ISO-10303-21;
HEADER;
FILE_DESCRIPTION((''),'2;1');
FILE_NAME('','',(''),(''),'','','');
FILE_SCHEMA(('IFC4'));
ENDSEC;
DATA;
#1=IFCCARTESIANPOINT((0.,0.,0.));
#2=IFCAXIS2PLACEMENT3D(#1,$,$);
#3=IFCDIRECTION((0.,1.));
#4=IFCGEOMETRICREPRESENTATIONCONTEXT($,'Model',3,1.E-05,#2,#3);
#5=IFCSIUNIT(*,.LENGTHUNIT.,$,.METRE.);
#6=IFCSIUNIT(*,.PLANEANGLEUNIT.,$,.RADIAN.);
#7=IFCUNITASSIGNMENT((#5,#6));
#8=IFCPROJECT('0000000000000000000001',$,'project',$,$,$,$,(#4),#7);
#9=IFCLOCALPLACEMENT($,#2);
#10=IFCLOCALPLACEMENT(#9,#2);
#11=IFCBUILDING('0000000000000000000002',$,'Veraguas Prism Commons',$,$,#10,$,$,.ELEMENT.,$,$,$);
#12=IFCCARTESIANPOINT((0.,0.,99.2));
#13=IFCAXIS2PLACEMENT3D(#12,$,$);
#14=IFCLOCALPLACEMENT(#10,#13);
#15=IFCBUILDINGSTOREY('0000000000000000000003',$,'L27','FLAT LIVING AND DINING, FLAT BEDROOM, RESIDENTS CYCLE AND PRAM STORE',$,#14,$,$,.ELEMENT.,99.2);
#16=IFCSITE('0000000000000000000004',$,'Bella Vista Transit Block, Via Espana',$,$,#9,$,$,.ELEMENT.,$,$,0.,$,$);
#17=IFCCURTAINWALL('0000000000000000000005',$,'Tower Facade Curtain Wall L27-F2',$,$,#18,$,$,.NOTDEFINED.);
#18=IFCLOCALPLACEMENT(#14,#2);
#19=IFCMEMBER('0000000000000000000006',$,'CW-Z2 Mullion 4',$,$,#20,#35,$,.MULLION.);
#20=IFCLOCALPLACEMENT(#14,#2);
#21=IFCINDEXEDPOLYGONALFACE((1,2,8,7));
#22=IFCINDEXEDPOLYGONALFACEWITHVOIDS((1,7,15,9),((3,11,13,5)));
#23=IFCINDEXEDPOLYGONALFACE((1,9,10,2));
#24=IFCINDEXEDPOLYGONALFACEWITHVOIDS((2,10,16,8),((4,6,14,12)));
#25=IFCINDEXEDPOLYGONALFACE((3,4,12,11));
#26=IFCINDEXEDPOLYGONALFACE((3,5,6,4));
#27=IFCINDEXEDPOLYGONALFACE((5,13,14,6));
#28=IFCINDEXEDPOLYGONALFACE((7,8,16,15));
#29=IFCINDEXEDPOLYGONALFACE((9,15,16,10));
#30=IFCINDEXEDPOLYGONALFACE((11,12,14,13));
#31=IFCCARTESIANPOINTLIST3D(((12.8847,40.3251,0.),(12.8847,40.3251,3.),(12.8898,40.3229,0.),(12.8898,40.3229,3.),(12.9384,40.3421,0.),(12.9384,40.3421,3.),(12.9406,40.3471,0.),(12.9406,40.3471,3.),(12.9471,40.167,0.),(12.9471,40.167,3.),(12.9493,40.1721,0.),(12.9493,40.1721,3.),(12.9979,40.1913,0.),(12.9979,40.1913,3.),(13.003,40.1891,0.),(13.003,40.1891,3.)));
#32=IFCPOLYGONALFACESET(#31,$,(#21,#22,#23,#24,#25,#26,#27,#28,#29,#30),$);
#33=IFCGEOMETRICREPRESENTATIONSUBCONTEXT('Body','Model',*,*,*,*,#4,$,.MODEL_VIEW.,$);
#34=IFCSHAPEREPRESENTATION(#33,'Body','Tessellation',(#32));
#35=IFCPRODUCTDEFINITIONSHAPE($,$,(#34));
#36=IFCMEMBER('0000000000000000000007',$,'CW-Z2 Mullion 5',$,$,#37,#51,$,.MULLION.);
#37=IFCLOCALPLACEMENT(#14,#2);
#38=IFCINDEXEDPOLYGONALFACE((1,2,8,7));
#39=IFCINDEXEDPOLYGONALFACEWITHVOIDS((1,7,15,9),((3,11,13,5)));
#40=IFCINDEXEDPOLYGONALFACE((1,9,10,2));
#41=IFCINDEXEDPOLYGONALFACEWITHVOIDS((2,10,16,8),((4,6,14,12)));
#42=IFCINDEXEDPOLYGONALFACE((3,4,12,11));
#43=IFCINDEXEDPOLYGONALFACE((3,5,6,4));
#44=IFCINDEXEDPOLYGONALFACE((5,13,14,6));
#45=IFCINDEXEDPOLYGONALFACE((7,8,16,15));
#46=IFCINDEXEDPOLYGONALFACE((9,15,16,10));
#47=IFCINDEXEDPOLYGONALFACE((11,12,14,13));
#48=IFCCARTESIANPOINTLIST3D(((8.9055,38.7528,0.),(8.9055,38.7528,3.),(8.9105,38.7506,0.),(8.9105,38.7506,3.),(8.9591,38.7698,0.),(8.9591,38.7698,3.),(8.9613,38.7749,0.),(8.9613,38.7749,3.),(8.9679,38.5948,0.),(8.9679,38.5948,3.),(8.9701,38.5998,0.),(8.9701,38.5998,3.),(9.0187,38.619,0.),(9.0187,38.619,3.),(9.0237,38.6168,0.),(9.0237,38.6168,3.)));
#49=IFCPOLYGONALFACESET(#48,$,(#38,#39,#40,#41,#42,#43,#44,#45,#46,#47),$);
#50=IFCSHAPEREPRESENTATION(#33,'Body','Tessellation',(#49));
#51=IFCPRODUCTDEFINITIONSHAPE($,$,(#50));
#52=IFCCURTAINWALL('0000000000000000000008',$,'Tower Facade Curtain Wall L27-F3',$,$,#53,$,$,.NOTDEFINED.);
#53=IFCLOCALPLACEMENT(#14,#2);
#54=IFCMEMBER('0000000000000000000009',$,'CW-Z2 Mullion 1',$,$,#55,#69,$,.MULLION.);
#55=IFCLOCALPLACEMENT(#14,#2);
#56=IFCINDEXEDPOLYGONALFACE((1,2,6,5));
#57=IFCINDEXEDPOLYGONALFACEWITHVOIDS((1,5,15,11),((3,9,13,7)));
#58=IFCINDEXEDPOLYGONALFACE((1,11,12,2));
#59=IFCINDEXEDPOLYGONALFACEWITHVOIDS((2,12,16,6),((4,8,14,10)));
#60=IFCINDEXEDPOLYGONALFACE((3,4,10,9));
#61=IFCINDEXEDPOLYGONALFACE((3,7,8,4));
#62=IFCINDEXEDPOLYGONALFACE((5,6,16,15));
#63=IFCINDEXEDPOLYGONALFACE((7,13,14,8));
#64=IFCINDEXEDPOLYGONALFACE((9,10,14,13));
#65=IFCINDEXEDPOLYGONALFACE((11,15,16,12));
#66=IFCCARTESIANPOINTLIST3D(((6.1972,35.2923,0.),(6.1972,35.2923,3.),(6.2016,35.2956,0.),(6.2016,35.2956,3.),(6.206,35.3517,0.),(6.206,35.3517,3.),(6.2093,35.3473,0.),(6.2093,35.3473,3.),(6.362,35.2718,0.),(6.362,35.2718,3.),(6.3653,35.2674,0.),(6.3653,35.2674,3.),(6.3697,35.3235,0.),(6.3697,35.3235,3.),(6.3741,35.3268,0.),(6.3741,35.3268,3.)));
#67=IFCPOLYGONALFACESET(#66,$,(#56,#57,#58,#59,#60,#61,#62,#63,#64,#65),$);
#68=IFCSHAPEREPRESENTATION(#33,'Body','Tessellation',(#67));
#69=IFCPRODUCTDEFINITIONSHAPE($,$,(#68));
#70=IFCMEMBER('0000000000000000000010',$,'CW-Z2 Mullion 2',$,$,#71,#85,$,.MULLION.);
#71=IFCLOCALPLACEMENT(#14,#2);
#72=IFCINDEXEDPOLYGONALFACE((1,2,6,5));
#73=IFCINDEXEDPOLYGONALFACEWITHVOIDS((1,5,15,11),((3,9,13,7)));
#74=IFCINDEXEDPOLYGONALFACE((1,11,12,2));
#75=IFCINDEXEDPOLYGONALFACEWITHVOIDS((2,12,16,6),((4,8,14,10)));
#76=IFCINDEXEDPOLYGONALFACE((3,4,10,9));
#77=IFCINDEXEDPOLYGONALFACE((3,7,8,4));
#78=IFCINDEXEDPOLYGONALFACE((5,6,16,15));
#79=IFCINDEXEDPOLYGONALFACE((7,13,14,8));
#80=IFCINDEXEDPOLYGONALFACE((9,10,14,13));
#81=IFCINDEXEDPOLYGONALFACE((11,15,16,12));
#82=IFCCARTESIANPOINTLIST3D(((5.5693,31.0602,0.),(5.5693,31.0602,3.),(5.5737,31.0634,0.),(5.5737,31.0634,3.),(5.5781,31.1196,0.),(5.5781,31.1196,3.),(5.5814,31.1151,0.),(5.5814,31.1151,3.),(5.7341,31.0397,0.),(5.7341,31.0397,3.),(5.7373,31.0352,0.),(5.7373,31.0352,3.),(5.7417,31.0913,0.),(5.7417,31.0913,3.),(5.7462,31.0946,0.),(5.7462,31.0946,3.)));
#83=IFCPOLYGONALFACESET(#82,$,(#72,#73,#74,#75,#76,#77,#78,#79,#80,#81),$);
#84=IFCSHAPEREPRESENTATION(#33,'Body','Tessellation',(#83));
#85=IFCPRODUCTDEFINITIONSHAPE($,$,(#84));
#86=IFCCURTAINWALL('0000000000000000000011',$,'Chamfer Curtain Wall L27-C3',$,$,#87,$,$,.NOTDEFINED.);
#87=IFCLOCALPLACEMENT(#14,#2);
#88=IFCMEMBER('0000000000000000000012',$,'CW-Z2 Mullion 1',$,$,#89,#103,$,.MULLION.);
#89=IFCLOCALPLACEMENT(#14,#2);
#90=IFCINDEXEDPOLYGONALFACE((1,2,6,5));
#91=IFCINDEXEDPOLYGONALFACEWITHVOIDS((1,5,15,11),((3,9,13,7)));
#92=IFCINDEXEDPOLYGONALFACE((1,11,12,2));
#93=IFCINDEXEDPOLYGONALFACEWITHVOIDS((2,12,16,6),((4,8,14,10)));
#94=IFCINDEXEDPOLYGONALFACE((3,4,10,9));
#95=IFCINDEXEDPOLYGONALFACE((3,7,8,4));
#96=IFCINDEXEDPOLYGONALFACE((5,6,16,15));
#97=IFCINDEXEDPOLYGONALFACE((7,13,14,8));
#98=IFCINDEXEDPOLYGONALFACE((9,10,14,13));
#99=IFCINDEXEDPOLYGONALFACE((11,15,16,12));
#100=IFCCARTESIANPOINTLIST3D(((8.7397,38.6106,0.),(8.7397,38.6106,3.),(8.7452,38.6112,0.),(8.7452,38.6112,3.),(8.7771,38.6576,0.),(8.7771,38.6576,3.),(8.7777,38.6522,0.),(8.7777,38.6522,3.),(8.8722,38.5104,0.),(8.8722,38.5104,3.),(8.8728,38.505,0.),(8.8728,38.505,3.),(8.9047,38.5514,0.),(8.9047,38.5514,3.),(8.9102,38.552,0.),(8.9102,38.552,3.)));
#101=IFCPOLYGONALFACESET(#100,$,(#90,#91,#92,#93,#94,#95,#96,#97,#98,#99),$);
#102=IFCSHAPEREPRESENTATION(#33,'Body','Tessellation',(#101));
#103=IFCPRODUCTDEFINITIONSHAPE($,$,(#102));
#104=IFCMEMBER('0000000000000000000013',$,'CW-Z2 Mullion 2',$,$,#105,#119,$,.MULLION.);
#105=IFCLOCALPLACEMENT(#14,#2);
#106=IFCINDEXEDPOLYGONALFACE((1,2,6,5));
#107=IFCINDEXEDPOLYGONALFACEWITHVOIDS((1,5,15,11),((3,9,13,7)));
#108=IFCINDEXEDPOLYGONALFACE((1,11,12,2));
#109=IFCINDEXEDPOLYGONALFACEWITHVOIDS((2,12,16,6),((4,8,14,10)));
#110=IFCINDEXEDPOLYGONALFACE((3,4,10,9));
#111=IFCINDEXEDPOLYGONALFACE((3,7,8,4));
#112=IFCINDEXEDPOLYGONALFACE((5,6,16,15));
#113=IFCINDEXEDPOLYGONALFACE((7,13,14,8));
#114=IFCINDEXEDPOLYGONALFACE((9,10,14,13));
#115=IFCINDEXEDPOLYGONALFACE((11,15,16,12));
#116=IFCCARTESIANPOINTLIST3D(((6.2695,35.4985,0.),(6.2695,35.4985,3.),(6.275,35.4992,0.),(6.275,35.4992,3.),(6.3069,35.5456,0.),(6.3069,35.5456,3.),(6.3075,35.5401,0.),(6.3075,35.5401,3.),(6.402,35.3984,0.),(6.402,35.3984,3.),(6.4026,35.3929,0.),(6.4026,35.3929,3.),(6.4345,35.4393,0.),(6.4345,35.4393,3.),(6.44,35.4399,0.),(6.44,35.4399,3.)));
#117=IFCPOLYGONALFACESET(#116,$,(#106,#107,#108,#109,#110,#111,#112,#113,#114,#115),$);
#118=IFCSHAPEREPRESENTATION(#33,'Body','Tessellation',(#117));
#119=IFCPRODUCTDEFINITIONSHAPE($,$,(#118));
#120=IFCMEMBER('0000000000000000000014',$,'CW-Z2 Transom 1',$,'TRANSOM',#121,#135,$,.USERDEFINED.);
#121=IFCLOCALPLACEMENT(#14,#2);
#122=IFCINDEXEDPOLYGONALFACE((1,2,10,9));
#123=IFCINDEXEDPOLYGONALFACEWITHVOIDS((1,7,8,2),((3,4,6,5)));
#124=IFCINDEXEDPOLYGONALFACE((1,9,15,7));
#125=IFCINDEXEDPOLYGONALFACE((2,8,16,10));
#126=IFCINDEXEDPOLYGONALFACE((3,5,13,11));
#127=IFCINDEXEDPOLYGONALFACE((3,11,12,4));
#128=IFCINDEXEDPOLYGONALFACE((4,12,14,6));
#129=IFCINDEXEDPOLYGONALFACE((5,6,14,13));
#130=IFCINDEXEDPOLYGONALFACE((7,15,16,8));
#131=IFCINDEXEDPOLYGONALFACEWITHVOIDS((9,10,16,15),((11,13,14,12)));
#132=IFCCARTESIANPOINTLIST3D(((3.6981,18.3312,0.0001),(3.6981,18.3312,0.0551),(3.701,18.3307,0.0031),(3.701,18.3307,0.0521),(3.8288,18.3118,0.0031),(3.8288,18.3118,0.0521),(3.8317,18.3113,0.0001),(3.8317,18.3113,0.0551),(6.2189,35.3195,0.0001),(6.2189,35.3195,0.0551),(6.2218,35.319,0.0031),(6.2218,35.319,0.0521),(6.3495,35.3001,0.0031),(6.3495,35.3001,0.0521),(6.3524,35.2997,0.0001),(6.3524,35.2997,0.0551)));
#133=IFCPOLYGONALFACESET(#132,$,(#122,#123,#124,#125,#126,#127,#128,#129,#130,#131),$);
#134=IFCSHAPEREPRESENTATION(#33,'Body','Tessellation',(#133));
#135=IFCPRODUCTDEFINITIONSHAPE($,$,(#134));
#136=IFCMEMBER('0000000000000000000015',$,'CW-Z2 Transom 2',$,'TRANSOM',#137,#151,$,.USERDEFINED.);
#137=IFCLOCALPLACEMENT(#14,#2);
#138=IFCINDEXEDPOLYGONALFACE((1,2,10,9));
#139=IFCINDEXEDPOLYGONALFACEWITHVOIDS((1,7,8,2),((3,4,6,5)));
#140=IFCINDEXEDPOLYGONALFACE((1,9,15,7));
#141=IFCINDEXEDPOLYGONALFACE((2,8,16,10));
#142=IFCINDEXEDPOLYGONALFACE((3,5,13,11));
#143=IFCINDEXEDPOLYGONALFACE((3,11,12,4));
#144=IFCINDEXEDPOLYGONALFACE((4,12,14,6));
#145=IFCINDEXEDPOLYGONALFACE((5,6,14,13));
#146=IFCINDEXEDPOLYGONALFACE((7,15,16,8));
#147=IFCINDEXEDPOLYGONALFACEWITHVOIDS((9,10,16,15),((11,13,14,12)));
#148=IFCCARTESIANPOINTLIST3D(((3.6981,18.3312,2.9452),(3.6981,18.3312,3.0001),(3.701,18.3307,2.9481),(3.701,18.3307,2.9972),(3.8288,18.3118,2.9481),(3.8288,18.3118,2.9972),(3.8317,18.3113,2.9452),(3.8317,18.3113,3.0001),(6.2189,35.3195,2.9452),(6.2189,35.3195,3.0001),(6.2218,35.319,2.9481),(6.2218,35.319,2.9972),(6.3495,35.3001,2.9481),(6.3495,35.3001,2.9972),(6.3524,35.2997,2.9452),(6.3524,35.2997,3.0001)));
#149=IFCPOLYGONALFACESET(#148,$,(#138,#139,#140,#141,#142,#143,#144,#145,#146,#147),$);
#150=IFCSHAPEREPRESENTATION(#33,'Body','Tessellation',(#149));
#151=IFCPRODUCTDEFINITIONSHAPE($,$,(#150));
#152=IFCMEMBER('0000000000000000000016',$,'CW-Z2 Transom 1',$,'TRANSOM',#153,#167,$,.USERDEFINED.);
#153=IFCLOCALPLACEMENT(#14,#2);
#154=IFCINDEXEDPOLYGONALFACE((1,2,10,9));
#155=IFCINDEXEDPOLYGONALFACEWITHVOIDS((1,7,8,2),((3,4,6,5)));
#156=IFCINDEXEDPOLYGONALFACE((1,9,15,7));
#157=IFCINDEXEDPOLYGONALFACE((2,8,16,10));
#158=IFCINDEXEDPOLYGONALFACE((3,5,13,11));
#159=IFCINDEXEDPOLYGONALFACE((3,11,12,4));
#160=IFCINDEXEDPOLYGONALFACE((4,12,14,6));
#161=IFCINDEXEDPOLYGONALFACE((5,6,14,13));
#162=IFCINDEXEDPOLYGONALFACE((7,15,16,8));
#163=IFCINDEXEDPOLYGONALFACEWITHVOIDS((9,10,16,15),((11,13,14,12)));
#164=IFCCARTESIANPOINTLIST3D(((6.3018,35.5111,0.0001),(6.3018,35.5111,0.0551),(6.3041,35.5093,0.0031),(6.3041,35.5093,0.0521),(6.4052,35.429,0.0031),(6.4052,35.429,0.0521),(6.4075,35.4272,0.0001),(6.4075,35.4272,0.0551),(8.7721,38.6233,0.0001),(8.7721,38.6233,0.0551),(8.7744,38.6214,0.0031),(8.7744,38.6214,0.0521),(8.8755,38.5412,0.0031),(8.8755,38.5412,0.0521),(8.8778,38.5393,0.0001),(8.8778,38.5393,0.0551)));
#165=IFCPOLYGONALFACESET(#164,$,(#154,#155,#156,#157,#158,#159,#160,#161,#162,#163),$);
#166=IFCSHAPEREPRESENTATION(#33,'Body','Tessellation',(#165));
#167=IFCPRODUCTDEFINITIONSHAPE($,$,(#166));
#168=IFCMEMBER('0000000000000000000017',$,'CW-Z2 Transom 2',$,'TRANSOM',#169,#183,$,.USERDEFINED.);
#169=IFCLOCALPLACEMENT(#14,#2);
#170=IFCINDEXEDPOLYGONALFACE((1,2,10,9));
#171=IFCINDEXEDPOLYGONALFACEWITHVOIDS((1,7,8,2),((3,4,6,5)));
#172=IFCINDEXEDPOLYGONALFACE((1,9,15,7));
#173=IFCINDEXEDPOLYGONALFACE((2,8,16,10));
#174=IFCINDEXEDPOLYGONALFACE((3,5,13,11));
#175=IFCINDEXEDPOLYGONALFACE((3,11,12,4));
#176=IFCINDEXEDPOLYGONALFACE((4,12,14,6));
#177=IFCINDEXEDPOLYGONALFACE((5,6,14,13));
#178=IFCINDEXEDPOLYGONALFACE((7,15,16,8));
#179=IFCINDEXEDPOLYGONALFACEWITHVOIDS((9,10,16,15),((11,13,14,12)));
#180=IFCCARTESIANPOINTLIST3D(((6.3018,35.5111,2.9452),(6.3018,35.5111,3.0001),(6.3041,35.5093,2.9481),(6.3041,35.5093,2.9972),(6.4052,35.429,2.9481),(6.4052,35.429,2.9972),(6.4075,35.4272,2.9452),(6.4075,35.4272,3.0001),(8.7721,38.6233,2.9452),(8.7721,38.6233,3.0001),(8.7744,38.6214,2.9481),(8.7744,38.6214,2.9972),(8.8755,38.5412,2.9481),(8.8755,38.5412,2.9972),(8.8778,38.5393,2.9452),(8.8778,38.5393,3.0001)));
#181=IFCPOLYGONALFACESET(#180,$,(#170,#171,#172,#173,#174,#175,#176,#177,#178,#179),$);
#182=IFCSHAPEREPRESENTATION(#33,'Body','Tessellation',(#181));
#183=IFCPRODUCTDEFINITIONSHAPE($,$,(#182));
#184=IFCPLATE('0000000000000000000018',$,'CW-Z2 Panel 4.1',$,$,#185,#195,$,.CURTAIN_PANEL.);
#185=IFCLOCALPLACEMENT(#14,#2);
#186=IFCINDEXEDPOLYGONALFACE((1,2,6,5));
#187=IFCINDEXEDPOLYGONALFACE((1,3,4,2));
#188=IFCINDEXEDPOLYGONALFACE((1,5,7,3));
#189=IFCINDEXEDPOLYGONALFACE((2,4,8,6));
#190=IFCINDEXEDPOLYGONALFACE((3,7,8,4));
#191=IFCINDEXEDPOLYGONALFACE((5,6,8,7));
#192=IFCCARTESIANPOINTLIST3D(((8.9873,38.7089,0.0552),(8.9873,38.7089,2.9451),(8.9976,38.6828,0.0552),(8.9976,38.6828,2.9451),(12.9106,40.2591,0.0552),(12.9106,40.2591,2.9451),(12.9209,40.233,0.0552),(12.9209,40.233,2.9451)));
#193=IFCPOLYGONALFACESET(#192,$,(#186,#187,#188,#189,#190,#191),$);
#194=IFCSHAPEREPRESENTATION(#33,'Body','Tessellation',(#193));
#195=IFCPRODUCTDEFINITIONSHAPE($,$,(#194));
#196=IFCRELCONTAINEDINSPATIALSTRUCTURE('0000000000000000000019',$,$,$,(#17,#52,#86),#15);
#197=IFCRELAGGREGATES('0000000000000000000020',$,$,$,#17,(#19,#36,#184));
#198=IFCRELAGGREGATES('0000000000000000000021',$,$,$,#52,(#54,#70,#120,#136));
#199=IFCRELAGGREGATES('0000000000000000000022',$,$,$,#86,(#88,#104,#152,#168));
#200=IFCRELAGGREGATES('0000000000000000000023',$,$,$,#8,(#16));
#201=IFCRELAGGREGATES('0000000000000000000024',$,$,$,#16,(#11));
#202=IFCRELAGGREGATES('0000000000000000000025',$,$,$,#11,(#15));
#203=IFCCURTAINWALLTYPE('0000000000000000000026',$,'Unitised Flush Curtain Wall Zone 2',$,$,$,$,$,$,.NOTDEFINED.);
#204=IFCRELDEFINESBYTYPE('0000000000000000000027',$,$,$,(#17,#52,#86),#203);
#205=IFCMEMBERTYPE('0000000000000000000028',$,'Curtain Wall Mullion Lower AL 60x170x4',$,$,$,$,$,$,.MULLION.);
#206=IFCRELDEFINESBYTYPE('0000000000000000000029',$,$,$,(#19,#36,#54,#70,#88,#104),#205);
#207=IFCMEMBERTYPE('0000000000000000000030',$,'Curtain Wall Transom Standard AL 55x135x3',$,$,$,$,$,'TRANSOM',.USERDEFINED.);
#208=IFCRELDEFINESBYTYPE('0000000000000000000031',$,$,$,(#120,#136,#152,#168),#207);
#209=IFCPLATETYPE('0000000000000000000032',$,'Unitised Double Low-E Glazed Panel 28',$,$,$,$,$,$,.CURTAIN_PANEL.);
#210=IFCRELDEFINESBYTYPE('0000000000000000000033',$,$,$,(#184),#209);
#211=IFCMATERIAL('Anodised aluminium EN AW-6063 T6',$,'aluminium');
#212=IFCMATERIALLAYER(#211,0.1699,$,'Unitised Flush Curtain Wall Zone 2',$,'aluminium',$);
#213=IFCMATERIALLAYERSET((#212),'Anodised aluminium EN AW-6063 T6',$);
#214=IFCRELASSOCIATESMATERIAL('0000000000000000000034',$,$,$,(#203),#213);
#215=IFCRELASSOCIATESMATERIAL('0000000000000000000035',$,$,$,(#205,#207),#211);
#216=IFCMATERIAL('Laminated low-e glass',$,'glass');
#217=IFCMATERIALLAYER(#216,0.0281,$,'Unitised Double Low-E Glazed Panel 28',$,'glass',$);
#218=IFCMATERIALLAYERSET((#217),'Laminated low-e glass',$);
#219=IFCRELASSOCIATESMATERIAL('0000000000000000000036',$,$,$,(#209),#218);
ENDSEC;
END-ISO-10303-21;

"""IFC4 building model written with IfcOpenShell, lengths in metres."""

from ifc_helpers import new_model, si_unit, direction, frame, origin, origin_2d, place, context, subcontext, project, spatial, rectangle, hollow_rectangle, extrude, source, transform, mapped, material, layer, layer_set, material_profile, profile_set, type_object, element, aggregate, save


model = new_model("IFC4")

# Units and contexts
model_context = context("Model", 3, precision=1e-05, world=origin(), true_north=direction((0.0, 1.0)))
body_context = subcontext(model_context, "Body", "Model", "MODEL_VIEW")
ifc_project = project(units=[si_unit("LENGTHUNIT", "METRE"), si_unit("PLANEANGLEUNIT", "RADIAN")], contexts=[model_context])

# Site, building, storey
site_placement = place(None, origin())
site = spatial("IfcSite", under=ifc_project, at=site_placement, Name="Bella Vista Transit Block, Via Espana", CompositionType="ELEMENT", RefElevation=0.0)
building_placement = place(site_placement, origin())
building = spatial("IfcBuilding", under=site, at=building_placement, Name="Veraguas Prism Commons", CompositionType="ELEMENT")
storey_placement = place(building_placement, frame((0.0, 0.0, 99.2)))
storey = spatial("IfcBuildingStorey", under=building, at=storey_placement, Name="L27", Description="FLAT LIVING AND DINING, FLAT BEDROOM, RESIDENTS CYCLE AND PRAM STORE", CompositionType="ELEMENT", Elevation=99.2)

# Curtain walls, members
ifc_material_1 = material(Name="Anodised aluminium EN AW-6063 T6", Category="aluminium")
ifc_layer_1 = layer(ifc_material_1, 0.1699, Name="Unitised Flush Curtain Wall Zone 2", Category="aluminium")
ifc_layer_set_1 = layer_set([ifc_layer_1], Name="Anodised aluminium EN AW-6063 T6")
curtain_wall_type = type_object("IfcCurtainWallType", Name="Unitised Flush Curtain Wall Zone 2", PredefinedType="NOTDEFINED", material=ifc_layer_set_1)
curtain_wall_1_placement = place(storey_placement, origin())
curtain_wall_1 = element("IfcCurtainWall", 1, at=curtain_wall_1_placement, inside=storey, type_object=curtain_wall_type, Name="Tower Facade Curtain Wall L27-F2", PredefinedType="NOTDEFINED")
ifc_material_profile_1 = material_profile(ifc_material_1, hollow_rectangle(XDim=0.0601, YDim=0.1699, WallThickness=0.0039, at=origin_2d()), Name="AL60X170X4")
ifc_profile_set_1 = profile_set([ifc_material_profile_1], Name="Anodised aluminium EN AW-6063 T6")
member_type_1 = type_object("IfcMemberType", Name="Curtain Wall Mullion Lower AL 60x170x4", PredefinedType="MULLION", material=ifc_profile_set_1)
shared_shape_1 = source(origin(), body_context, "Body", "SweptSolid", [
    extrude(hollow_rectangle(XDim=0.0601, YDim=0.1699, WallThickness=0.0039, at=origin_2d()), origin(), (0.0, 0.0, 1.0), 3.0),
])
member_1_placement = place(storey_placement, frame((12.9438, 40.2571, 0.0), z_axis=(0.0, 0.0, 1.0), x_axis=(-0.930032, -0.367479, 0.0)))
member_1 = element("IfcMember", 2, at=member_1_placement, type_object=member_type_1, Name="CW-Z2 Mullion 4", PredefinedType="MULLION", context=body_context, shape_type="MappedRepresentation", body=[
    mapped(shared_shape_1, transform((0.0, 0.0, 0.0), scale=1.0)),
])
member_2_placement = place(storey_placement, frame((8.9646, 38.6848, 0.0), z_axis=(0.0, 0.0, 1.0), x_axis=(-0.930032, -0.367479, 0.0)))
member_2 = element("IfcMember", 3, at=member_2_placement, type_object=member_type_1, Name="CW-Z2 Mullion 5", PredefinedType="MULLION", context=body_context, shape_type="MappedRepresentation", body=[
    mapped(shared_shape_1, transform((0.0, 0.0, 0.0), scale=1.0)),
])
curtain_wall_2_placement = place(storey_placement, origin())
curtain_wall_2 = element("IfcCurtainWall", 4, at=curtain_wall_2_placement, inside=storey, type_object=curtain_wall_type, Name="Tower Facade Curtain Wall L27-F3", PredefinedType="NOTDEFINED")
member_3_placement = place(storey_placement, frame((6.2856, 35.3096, 0.0), z_axis=(0.0, 0.0, 1.0), x_axis=(-0.146777, -0.98917, 0.0)))
member_3 = element("IfcMember", 5, at=member_3_placement, type_object=member_type_1, Name="CW-Z2 Mullion 1", PredefinedType="MULLION", context=body_context, shape_type="MappedRepresentation", body=[
    mapped(shared_shape_1, transform((0.0, 0.0, 0.0), scale=1.0)),
])
member_4_placement = place(storey_placement, frame((5.6577, 31.0774, 0.0), z_axis=(0.0, 0.0, 1.0), x_axis=(-0.146777, -0.98917, 0.0)))
member_4 = element("IfcMember", 6, at=member_4_placement, type_object=member_type_1, Name="CW-Z2 Mullion 2", PredefinedType="MULLION", context=body_context, shape_type="MappedRepresentation", body=[
    mapped(shared_shape_1, transform((0.0, 0.0, 0.0), scale=1.0)),
])
curtain_wall_3_placement = place(storey_placement, origin())
curtain_wall_3 = element("IfcCurtainWall", 7, at=curtain_wall_3_placement, inside=storey, type_object=curtain_wall_type, Name="Chamfer Curtain Wall L27-C3", PredefinedType="NOTDEFINED")
member_5_placement = place(storey_placement, frame((8.825, 38.5813, 0.0), z_axis=(0.0, 0.0, 1.0), x_axis=(-0.621682, -0.783269, 0.0)))
member_5 = element("IfcMember", 8, at=member_5_placement, type_object=member_type_1, Name="CW-Z2 Mullion 1", PredefinedType="MULLION", context=body_context, shape_type="MappedRepresentation", body=[
    mapped(shared_shape_1, transform((0.0, 0.0, 0.0), scale=1.0)),
])
member_6_placement = place(storey_placement, frame((6.3547, 35.4692, 0.0), z_axis=(0.0, 0.0, 1.0), x_axis=(-0.621682, -0.783269, 0.0)))
member_6 = element("IfcMember", 9, at=member_6_placement, type_object=member_type_1, Name="CW-Z2 Mullion 2", PredefinedType="MULLION", context=body_context, shape_type="MappedRepresentation", body=[
    mapped(shared_shape_1, transform((0.0, 0.0, 0.0), scale=1.0)),
])

# Members
ifc_material_profile_2 = material_profile(ifc_material_1, hollow_rectangle(XDim=0.0549, YDim=0.135, WallThickness=0.0029, at=origin_2d()), Name="AL55X135X3")
ifc_profile_set_2 = profile_set([ifc_material_profile_2], Name="Anodised aluminium EN AW-6063 T6")
member_type_2 = type_object("IfcMemberType", Name="Curtain Wall Transom Standard AL 55x135x3", ElementType="TRANSOM", PredefinedType="USERDEFINED", material=ifc_profile_set_2)
shared_shape_2 = source(origin(), body_context, "Body", "SweptSolid", [
    extrude(hollow_rectangle(XDim=0.0549, YDim=0.135, WallThickness=0.0029, at=origin_2d()), origin(), (0.0, 0.0, 1.0), 17.1743),
])
member_7_placement = place(storey_placement, frame((6.2856, 35.3096, 0.0276), z_axis=(-0.146775, -0.98917, 0.0), x_axis=(0.0, 0.0, 1.0)))
member_7 = element("IfcMember", 10, at=member_7_placement, type_object=member_type_2, Name="CW-Z2 Transom 1", ObjectType="TRANSOM", PredefinedType="USERDEFINED", context=body_context, shape_type="MappedRepresentation", body=[
    mapped(shared_shape_2, transform((0.0, 0.0, 0.0), scale=1.0)),
])
member_8_placement = place(storey_placement, frame((6.2856, 35.3096, 2.9727), z_axis=(-0.146775, -0.98917, 0.0), x_axis=(0.0, 0.0, 1.0)))
member_8 = element("IfcMember", 11, at=member_8_placement, type_object=member_type_2, Name="CW-Z2 Transom 2", ObjectType="TRANSOM", PredefinedType="USERDEFINED", context=body_context, shape_type="MappedRepresentation", body=[
    mapped(shared_shape_2, transform((0.0, 0.0, 0.0), scale=1.0)),
])
shared_shape_3 = source(origin(), body_context, "Body", "SweptSolid", [
    extrude(hollow_rectangle(XDim=0.0549, YDim=0.135, WallThickness=0.0029, at=origin_2d()), origin(), (0.0, 0.0, 1.0), 3.9734),
])
member_9_placement = place(storey_placement, frame((8.825, 38.5813, 0.0276), z_axis=(-0.621708, -0.783249, 0.0), x_axis=(0.0, 0.0, 1.0)))
member_9 = element("IfcMember", 12, at=member_9_placement, type_object=member_type_2, Name="CW-Z2 Transom 1", ObjectType="TRANSOM", PredefinedType="USERDEFINED", context=body_context, shape_type="MappedRepresentation", body=[
    mapped(shared_shape_3, transform((0.0, 0.0, 0.0), scale=1.0)),
])
member_10_placement = place(storey_placement, frame((8.825, 38.5813, 2.9727), z_axis=(-0.621708, -0.783249, 0.0), x_axis=(0.0, 0.0, 1.0)))
member_10 = element("IfcMember", 13, at=member_10_placement, type_object=member_type_2, Name="CW-Z2 Transom 2", ObjectType="TRANSOM", PredefinedType="USERDEFINED", context=body_context, shape_type="MappedRepresentation", body=[
    mapped(shared_shape_3, transform((0.0, 0.0, 0.0), scale=1.0)),
])

# Plate
ifc_material_2 = material(Name="Laminated low-e glass", Category="glass")
ifc_layer_2 = layer(ifc_material_2, 0.0281, Name="Unitised Double Low-E Glazed Panel 28", Category="glass")
ifc_layer_set_2 = layer_set([ifc_layer_2], Name="Laminated low-e glass")
plate_type = type_object("IfcPlateType", Name="Unitised Double Low-E Glazed Panel 28", PredefinedType="CURTAIN_PANEL", material=ifc_layer_set_2)
shared_shape_4 = source(origin(), body_context, "Body", "SweptSolid", [
    extrude(rectangle(XDim=4.2185, YDim=0.0281, at=origin_2d()), origin(), (0.0, 0.0, 1.0), 2.8899),
])
plate_1_placement = place(storey_placement, frame((10.9541, 39.4709, 0.0552), z_axis=(0.0, 0.0, 1.0), x_axis=(-0.930032, -0.367479, 0.0)))
plate_1 = element("IfcPlate", 14, at=plate_1_placement, type_object=plate_type, Name="CW-Z2 Panel 4.1", PredefinedType="CURTAIN_PANEL", context=body_context, shape_type="MappedRepresentation", body=[
    mapped(shared_shape_4, transform((0.0, 0.0, 0.0), scale=1.0)),
])
aggregate(curtain_wall_1, [member_1, member_2, plate_1])
aggregate(curtain_wall_2, [member_3, member_4, member_7, member_8])
aggregate(curtain_wall_3, [member_5, member_6, member_9, member_10])

save(model, "model.ifc")
